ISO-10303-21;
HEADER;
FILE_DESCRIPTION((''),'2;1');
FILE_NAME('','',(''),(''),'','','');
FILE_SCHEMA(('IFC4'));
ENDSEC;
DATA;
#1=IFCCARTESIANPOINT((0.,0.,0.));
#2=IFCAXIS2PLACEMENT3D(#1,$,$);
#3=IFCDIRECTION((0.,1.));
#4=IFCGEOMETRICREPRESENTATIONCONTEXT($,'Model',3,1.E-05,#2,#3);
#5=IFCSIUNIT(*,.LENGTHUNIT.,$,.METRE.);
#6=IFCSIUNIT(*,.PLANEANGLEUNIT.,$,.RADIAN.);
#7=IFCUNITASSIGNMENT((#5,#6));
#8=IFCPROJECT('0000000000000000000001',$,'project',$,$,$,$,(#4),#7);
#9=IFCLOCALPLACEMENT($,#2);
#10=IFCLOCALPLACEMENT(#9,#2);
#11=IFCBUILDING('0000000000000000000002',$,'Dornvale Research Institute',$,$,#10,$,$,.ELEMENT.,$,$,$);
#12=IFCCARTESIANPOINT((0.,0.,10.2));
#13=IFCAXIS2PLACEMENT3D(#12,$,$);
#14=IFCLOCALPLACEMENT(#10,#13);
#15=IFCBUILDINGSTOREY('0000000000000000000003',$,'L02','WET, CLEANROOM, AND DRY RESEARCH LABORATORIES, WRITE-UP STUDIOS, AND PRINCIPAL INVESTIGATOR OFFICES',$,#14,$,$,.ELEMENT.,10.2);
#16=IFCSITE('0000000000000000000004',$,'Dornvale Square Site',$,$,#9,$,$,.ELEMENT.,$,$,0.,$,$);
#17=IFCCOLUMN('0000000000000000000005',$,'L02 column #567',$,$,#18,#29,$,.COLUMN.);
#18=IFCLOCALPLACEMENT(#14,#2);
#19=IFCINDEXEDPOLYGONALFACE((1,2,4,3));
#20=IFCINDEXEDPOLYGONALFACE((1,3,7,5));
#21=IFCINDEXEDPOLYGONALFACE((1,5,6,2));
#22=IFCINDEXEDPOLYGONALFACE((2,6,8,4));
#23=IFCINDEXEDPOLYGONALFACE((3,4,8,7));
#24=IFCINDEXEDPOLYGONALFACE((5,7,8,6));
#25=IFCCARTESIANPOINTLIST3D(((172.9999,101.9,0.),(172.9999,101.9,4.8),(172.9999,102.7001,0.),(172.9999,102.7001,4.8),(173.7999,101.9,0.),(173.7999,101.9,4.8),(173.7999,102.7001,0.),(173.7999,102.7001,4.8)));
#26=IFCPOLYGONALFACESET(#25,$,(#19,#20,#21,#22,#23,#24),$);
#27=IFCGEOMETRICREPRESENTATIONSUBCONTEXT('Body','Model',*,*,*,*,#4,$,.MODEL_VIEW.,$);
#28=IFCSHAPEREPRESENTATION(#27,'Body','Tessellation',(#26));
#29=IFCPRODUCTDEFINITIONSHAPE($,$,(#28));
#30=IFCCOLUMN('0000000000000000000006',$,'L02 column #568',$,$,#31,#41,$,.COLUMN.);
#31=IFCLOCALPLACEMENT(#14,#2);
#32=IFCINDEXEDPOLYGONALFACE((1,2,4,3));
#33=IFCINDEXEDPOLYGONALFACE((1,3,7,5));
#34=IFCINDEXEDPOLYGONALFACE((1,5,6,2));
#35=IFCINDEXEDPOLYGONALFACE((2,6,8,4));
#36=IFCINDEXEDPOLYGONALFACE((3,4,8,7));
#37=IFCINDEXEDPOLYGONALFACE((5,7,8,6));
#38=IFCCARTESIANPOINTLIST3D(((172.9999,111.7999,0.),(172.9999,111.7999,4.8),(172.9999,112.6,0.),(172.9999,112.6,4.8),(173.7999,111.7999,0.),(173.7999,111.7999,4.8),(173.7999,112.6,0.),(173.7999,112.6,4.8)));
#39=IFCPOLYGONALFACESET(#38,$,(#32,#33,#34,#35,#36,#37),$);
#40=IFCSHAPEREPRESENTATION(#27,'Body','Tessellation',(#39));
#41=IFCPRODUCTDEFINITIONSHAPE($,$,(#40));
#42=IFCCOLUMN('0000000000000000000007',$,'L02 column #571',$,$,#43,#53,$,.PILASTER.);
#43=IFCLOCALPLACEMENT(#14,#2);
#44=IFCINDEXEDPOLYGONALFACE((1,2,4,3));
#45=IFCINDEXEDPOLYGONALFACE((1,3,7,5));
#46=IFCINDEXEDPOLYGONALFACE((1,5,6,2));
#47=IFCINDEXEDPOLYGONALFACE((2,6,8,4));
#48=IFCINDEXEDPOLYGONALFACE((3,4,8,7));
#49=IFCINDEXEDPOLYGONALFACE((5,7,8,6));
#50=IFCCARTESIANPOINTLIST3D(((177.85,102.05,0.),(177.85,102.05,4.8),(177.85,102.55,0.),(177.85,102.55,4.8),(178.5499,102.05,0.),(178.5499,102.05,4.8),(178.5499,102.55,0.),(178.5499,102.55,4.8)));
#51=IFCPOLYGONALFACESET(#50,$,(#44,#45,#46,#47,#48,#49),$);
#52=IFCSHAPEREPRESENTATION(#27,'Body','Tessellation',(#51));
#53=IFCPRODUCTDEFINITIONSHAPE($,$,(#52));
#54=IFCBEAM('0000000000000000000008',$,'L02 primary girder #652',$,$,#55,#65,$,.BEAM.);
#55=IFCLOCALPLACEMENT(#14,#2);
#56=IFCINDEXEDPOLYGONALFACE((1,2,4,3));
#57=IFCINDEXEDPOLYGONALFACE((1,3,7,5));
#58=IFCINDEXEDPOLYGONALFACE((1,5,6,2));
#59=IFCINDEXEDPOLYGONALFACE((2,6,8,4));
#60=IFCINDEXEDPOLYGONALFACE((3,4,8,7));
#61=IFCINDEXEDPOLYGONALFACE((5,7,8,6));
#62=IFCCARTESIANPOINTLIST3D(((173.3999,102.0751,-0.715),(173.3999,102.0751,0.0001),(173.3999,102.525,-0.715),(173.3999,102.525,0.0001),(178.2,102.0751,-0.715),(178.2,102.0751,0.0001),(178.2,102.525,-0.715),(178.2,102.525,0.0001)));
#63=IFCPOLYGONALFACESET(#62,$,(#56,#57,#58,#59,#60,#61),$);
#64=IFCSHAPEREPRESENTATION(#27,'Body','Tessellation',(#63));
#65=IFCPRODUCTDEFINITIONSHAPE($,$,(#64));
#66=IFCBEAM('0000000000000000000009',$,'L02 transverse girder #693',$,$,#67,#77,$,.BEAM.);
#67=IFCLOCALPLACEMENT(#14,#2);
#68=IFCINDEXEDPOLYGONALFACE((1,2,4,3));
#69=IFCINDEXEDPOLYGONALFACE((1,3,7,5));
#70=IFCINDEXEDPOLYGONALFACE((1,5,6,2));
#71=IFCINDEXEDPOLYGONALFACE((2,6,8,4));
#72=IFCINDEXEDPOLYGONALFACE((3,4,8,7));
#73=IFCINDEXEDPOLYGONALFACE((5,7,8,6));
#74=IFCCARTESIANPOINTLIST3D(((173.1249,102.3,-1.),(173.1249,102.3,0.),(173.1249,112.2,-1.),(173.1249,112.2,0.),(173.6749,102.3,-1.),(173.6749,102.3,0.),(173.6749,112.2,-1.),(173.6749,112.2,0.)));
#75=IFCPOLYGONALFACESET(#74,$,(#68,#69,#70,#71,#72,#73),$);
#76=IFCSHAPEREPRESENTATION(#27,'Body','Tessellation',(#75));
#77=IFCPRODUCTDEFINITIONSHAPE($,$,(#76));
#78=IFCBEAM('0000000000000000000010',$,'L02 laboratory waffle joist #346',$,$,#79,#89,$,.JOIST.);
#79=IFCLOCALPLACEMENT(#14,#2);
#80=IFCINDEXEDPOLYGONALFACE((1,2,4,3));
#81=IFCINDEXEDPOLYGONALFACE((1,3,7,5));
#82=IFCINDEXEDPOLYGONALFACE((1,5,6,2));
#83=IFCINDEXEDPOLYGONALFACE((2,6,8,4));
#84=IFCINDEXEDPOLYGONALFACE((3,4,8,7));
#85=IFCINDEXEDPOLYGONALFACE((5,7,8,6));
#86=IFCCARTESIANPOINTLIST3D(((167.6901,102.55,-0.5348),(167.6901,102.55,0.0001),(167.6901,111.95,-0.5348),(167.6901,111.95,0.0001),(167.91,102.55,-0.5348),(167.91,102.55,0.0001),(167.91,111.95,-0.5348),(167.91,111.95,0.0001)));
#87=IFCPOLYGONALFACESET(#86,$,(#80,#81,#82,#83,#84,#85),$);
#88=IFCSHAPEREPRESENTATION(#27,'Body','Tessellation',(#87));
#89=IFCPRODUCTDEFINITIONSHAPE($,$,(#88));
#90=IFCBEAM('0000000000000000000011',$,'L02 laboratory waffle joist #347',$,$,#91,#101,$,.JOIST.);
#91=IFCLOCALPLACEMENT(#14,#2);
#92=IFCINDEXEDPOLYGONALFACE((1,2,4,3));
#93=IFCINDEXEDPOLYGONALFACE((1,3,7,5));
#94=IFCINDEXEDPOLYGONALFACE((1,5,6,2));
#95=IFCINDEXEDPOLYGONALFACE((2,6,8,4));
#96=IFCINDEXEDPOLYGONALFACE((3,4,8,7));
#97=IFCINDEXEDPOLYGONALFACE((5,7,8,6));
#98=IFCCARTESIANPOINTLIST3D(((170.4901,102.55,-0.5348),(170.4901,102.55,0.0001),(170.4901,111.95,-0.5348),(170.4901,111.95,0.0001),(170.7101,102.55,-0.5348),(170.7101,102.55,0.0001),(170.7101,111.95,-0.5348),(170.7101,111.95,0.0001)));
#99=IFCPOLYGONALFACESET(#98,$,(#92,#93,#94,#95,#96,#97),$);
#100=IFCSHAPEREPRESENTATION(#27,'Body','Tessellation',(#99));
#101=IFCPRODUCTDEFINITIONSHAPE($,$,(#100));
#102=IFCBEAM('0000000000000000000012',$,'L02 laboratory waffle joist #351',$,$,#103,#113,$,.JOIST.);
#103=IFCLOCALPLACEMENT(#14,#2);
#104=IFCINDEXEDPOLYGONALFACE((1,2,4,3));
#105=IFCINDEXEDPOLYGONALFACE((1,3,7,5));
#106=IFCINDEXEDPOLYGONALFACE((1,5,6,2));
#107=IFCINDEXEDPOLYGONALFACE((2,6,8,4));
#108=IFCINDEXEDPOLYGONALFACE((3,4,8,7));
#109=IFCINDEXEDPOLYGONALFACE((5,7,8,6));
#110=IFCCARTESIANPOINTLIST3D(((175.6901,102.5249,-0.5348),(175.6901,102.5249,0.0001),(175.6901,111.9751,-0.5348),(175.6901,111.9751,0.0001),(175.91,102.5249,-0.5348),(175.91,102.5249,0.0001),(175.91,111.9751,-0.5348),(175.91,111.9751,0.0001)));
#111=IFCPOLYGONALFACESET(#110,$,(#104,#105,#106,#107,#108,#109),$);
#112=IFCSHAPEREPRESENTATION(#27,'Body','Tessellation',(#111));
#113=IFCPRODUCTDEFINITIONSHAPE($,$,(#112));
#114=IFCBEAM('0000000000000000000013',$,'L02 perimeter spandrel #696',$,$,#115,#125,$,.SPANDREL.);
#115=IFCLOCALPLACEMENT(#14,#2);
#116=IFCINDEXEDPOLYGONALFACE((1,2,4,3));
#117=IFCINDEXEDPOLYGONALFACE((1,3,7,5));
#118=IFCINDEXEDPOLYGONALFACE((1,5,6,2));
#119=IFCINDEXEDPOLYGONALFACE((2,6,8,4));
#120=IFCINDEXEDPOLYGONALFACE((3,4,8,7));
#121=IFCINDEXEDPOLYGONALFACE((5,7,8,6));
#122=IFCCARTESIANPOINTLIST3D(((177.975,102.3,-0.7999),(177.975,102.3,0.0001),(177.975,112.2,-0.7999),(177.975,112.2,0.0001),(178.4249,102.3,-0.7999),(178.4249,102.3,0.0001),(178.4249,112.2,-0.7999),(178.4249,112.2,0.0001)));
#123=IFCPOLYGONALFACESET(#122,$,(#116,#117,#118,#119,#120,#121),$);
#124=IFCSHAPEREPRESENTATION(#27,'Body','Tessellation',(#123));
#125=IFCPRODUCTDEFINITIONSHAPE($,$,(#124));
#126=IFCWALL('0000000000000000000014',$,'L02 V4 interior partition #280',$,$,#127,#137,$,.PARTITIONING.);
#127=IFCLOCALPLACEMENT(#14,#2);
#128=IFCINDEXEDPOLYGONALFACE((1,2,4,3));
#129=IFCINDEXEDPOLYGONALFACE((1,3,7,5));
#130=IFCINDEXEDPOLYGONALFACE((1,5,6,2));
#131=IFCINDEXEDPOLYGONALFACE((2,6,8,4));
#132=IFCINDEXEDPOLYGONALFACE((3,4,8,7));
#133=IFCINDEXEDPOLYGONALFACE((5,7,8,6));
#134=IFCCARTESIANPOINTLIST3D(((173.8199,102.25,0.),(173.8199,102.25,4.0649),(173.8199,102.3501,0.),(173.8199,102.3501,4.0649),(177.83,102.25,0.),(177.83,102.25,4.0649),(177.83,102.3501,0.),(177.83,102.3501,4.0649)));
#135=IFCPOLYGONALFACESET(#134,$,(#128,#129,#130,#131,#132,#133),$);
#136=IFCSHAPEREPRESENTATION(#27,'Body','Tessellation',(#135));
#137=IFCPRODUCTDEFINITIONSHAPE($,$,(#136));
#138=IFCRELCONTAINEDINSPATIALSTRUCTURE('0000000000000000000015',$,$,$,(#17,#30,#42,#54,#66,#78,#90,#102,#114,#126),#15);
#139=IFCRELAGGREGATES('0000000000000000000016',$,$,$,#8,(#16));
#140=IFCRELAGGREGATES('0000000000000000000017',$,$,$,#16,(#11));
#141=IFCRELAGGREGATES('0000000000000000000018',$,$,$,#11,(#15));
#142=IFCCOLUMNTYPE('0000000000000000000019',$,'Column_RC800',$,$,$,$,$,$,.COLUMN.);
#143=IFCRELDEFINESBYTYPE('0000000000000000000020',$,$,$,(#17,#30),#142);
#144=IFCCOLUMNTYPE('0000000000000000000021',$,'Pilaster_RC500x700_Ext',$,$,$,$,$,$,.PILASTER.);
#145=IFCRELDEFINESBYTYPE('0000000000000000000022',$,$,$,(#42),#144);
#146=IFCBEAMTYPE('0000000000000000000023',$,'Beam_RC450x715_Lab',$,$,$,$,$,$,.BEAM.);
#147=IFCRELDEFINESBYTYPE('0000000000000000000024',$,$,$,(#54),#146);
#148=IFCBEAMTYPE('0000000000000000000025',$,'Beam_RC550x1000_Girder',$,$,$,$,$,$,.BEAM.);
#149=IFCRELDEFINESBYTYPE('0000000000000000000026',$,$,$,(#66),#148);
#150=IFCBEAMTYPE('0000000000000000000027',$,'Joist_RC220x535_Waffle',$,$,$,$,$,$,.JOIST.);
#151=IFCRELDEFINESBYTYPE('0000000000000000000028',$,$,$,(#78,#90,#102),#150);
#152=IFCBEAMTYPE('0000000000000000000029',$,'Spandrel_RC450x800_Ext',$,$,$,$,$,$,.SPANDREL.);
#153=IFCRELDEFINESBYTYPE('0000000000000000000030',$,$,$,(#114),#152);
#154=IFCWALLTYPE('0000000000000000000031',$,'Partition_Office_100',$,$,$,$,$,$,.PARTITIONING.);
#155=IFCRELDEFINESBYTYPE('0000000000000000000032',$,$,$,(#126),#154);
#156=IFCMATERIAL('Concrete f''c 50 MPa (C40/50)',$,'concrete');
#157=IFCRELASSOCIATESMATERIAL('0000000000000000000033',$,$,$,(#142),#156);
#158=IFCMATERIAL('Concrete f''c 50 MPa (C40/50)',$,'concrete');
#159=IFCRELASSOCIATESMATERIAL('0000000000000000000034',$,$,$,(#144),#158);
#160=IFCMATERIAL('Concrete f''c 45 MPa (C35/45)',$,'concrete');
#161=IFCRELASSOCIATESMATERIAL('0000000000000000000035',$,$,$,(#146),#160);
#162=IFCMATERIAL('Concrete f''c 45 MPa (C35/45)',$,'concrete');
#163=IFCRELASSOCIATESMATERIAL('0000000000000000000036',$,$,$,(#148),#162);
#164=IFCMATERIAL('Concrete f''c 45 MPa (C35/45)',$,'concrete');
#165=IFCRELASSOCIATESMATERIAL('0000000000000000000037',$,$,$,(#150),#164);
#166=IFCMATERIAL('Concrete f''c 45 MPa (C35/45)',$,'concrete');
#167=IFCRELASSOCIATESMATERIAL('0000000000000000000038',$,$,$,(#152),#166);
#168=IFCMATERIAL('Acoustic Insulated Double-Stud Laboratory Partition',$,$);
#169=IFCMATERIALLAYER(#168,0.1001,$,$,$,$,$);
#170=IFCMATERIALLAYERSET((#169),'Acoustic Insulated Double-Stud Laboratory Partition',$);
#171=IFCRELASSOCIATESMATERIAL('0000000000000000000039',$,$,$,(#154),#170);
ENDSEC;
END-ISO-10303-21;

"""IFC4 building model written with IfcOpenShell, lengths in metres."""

from ifc_helpers import new_model, si_unit, direction, frame, frame_2d, origin, origin_2d, place, context, subcontext, project, spatial, rectangle, extrude, material, layer, layer_set, material_profile, profile_set, type_object, element, save


model = new_model("IFC4")

# Units and contexts
model_context = context("Model", 3, precision=1e-05, world=origin(), true_north=direction((0.0, 1.0)))
body_context = subcontext(model_context, "Body", "Model", "MODEL_VIEW")
ifc_project = project(units=[si_unit("LENGTHUNIT", "METRE"), si_unit("PLANEANGLEUNIT", "RADIAN")], contexts=[model_context])

# Site, building, storey
site_placement = place(None, origin())
site = spatial("IfcSite", under=ifc_project, at=site_placement, Name="Dornvale Square Site", CompositionType="ELEMENT", RefElevation=0.0)
building_placement = place(site_placement, origin())
building = spatial("IfcBuilding", under=site, at=building_placement, Name="Dornvale Research Institute", CompositionType="ELEMENT")
storey_placement = place(building_placement, frame((0.0, 0.0, 10.2)))
storey = spatial("IfcBuildingStorey", under=building, at=storey_placement, Name="L02", Description="WET, CLEANROOM, AND DRY RESEARCH LABORATORIES, WRITE-UP STUDIOS, AND PRINCIPAL INVESTIGATOR OFFICES", CompositionType="ELEMENT", Elevation=10.2)

# Columns
ifc_material_1 = material(Name="Concrete f'c 50 MPa (C40/50)", Category="concrete")
ifc_material_profile_1 = material_profile(ifc_material_1, rectangle(XDim=0.8, YDim=0.8, at=origin_2d()), Name="RC 800x800")
ifc_profile_set_1 = profile_set([ifc_material_profile_1], Name="Concrete f'c 50 MPa (C40/50)")
column_type_1 = type_object("IfcColumnType", Name="Column_RC800", PredefinedType="COLUMN", material=ifc_profile_set_1)
for number, where, z_axis, x_axis, name in (
    (1, (173.3999, 102.3, 0.0), (0.0, 0.0, 1.0), (1.0, 0.0, 0.0), "L02 column #567"),
    (2, (173.3999, 112.2, 0.0), (0.0, 0.0, 1.0), (1.0, 0.0, 0.0), "L02 column #568"),
):
    element("IfcColumn", number, at=place(storey_placement, frame(where, z_axis=z_axis, x_axis=x_axis)), inside=storey, type_object=column_type_1, Name=name, PredefinedType="COLUMN", context=body_context, shape_type="SweptSolid", body=[
        extrude(rectangle(XDim=0.8, YDim=0.8, at=origin_2d()), origin(), (0.0, 0.0, 1.0), 4.8),
    ])
ifc_material_2 = material(Name="Concrete f'c 50 MPa (C40/50)", Category="concrete")
ifc_material_profile_2 = material_profile(ifc_material_2, rectangle(XDim=0.5, YDim=0.7, at=origin_2d()), Name="RC 500x700")
ifc_profile_set_2 = profile_set([ifc_material_profile_2], Name="Concrete f'c 50 MPa (C40/50)")
column_type_2 = type_object("IfcColumnType", Name="Pilaster_RC500x700_Ext", PredefinedType="PILASTER", material=ifc_profile_set_2)
column_placement = place(storey_placement, frame((178.2, 102.3, 0.0), z_axis=(0.0, 0.0, 1.0), x_axis=(0.0, 1.0, 0.0)))
element("IfcColumn", 3, at=column_placement, inside=storey, type_object=column_type_2, Name="L02 column #571", PredefinedType="PILASTER", context=body_context, shape_type="SweptSolid", body=[
    extrude(rectangle(XDim=0.5, YDim=0.7, at=origin_2d()), origin(), (0.0, 0.0, 1.0), 4.8),
])

# Beams
ifc_material_3 = material(Name="Concrete f'c 45 MPa (C35/45)", Category="concrete")
ifc_material_profile_3 = material_profile(ifc_material_3, rectangle(XDim=0.45, YDim=0.7151, at=origin_2d()), Name="RC 450x715")
ifc_profile_set_3 = profile_set([ifc_material_profile_3], Name="Concrete f'c 45 MPa (C35/45)")
beam_type_1 = type_object("IfcBeamType", Name="Beam_RC450x715_Lab", PredefinedType="BEAM", material=ifc_profile_set_3)
beam_1_placement = place(storey_placement, frame((173.3999, 102.3, -0.3574), z_axis=(1.0, 0.0, 0.0), x_axis=(0.0, 1.0, 0.0)))
element("IfcBeam", 4, at=beam_1_placement, inside=storey, type_object=beam_type_1, Name="L02 primary girder #652", PredefinedType="BEAM", context=body_context, shape_type="SweptSolid", body=[
    extrude(rectangle(XDim=0.45, YDim=0.7151, at=origin_2d()), origin(), (0.0, 0.0, 1.0), 4.8),
])
ifc_material_4 = material(Name="Concrete f'c 45 MPa (C35/45)", Category="concrete")
ifc_material_profile_4 = material_profile(ifc_material_4, rectangle(XDim=0.55, YDim=1.0, at=origin_2d()), Name="RC 550x1000")
ifc_profile_set_4 = profile_set([ifc_material_profile_4], Name="Concrete f'c 45 MPa (C35/45)")
beam_type_2 = type_object("IfcBeamType", Name="Beam_RC550x1000_Girder", PredefinedType="BEAM", material=ifc_profile_set_4)
beam_2_placement = place(storey_placement, frame((173.3999, 102.3, -0.5), z_axis=(0.0, 1.0, 0.0), x_axis=(-1.0, 0.0, 0.0)))
element("IfcBeam", 5, at=beam_2_placement, inside=storey, type_object=beam_type_2, Name="L02 transverse girder #693", PredefinedType="BEAM", context=body_context, shape_type="SweptSolid", body=[
    extrude(rectangle(XDim=0.55, YDim=1.0, at=origin_2d()), origin(), (0.0, 0.0, 1.0), 9.8999),
])
ifc_material_5 = material(Name="Concrete f'c 45 MPa (C35/45)", Category="concrete")
ifc_material_profile_5 = material_profile(ifc_material_5, rectangle(XDim=0.22, YDim=0.5349, at=origin_2d()), Name="RC 220x535")
ifc_profile_set_5 = profile_set([ifc_material_profile_5], Name="Concrete f'c 45 MPa (C35/45)")
beam_type_3 = type_object("IfcBeamType", Name="Joist_RC220x535_Waffle", PredefinedType="JOIST", material=ifc_profile_set_5)
for number, where, z_axis, x_axis, name in (
    (6, (167.8, 102.55, -0.2673), (0.0, 1.0, 0.0), (-1.0, 0.0, 0.0), "L02 laboratory waffle joist #346"),
    (7, (170.6001, 102.55, -0.2673), (0.0, 1.0, 0.0), (-1.0, 0.0, 0.0), "L02 laboratory waffle joist #347"),
):
    element("IfcBeam", number, at=place(storey_placement, frame(where, z_axis=z_axis, x_axis=x_axis)), inside=storey, type_object=beam_type_3, Name=name, PredefinedType="JOIST", context=body_context, shape_type="SweptSolid", body=[
        extrude(rectangle(XDim=0.22, YDim=0.5349, at=origin_2d()), origin(), (0.0, 0.0, 1.0), 9.3999),
    ])
beam_3_placement = place(storey_placement, frame((175.8, 102.5249, -0.2673), z_axis=(0.0, 1.0, 0.0), x_axis=(-1.0, 0.0, 0.0)))
element("IfcBeam", 8, at=beam_3_placement, inside=storey, type_object=beam_type_3, Name="L02 laboratory waffle joist #351", PredefinedType="JOIST", context=body_context, shape_type="SweptSolid", body=[
    extrude(rectangle(XDim=0.22, YDim=0.5349, at=origin_2d()), origin(), (0.0, 0.0, 1.0), 9.4502),
])
ifc_material_6 = material(Name="Concrete f'c 45 MPa (C35/45)", Category="concrete")
ifc_material_profile_6 = material_profile(ifc_material_6, rectangle(XDim=0.45, YDim=0.8, at=origin_2d()), Name="RC 450x800")
ifc_profile_set_6 = profile_set([ifc_material_profile_6], Name="Concrete f'c 45 MPa (C35/45)")
beam_type_4 = type_object("IfcBeamType", Name="Spandrel_RC450x800_Ext", PredefinedType="SPANDREL", material=ifc_profile_set_6)
beam_4_placement = place(storey_placement, frame((178.2, 102.3, -0.3999), z_axis=(0.0, 1.0, 0.0), x_axis=(-1.0, 0.0, 0.0)))
element("IfcBeam", 9, at=beam_4_placement, inside=storey, type_object=beam_type_4, Name="L02 perimeter spandrel #696", PredefinedType="SPANDREL", context=body_context, shape_type="SweptSolid", body=[
    extrude(rectangle(XDim=0.45, YDim=0.8, at=origin_2d()), origin(), (0.0, 0.0, 1.0), 9.8999),
])

# Wall
ifc_material_7 = material(Name="Acoustic Insulated Double-Stud Laboratory Partition")
ifc_layer_1 = layer(ifc_material_7, 0.1001)
ifc_layer_set_1 = layer_set([ifc_layer_1], Name="Acoustic Insulated Double-Stud Laboratory Partition")
wall_type_1 = type_object("IfcWallType", Name="Partition_Office_100", PredefinedType="PARTITIONING", material=ifc_layer_set_1)
wall_1_placement = place(storey_placement, frame((173.8201, 102.3, 0.0), z_axis=(0.0, 0.0, 1.0), x_axis=(1.0, 0.0, 0.0)))
element("IfcWall", 10, at=wall_1_placement, inside=storey, type_object=wall_type_1, Name="L02 V4 interior partition #280", PredefinedType="PARTITIONING", context=body_context, shape_type="SweptSolid", body=[
    extrude(rectangle(XDim=4.01, YDim=0.1001, at=frame_2d((2.0049, 0.0))), origin(), (0.0, 0.0, 1.0), 4.0649),
])

save(model, "model.ifc")
